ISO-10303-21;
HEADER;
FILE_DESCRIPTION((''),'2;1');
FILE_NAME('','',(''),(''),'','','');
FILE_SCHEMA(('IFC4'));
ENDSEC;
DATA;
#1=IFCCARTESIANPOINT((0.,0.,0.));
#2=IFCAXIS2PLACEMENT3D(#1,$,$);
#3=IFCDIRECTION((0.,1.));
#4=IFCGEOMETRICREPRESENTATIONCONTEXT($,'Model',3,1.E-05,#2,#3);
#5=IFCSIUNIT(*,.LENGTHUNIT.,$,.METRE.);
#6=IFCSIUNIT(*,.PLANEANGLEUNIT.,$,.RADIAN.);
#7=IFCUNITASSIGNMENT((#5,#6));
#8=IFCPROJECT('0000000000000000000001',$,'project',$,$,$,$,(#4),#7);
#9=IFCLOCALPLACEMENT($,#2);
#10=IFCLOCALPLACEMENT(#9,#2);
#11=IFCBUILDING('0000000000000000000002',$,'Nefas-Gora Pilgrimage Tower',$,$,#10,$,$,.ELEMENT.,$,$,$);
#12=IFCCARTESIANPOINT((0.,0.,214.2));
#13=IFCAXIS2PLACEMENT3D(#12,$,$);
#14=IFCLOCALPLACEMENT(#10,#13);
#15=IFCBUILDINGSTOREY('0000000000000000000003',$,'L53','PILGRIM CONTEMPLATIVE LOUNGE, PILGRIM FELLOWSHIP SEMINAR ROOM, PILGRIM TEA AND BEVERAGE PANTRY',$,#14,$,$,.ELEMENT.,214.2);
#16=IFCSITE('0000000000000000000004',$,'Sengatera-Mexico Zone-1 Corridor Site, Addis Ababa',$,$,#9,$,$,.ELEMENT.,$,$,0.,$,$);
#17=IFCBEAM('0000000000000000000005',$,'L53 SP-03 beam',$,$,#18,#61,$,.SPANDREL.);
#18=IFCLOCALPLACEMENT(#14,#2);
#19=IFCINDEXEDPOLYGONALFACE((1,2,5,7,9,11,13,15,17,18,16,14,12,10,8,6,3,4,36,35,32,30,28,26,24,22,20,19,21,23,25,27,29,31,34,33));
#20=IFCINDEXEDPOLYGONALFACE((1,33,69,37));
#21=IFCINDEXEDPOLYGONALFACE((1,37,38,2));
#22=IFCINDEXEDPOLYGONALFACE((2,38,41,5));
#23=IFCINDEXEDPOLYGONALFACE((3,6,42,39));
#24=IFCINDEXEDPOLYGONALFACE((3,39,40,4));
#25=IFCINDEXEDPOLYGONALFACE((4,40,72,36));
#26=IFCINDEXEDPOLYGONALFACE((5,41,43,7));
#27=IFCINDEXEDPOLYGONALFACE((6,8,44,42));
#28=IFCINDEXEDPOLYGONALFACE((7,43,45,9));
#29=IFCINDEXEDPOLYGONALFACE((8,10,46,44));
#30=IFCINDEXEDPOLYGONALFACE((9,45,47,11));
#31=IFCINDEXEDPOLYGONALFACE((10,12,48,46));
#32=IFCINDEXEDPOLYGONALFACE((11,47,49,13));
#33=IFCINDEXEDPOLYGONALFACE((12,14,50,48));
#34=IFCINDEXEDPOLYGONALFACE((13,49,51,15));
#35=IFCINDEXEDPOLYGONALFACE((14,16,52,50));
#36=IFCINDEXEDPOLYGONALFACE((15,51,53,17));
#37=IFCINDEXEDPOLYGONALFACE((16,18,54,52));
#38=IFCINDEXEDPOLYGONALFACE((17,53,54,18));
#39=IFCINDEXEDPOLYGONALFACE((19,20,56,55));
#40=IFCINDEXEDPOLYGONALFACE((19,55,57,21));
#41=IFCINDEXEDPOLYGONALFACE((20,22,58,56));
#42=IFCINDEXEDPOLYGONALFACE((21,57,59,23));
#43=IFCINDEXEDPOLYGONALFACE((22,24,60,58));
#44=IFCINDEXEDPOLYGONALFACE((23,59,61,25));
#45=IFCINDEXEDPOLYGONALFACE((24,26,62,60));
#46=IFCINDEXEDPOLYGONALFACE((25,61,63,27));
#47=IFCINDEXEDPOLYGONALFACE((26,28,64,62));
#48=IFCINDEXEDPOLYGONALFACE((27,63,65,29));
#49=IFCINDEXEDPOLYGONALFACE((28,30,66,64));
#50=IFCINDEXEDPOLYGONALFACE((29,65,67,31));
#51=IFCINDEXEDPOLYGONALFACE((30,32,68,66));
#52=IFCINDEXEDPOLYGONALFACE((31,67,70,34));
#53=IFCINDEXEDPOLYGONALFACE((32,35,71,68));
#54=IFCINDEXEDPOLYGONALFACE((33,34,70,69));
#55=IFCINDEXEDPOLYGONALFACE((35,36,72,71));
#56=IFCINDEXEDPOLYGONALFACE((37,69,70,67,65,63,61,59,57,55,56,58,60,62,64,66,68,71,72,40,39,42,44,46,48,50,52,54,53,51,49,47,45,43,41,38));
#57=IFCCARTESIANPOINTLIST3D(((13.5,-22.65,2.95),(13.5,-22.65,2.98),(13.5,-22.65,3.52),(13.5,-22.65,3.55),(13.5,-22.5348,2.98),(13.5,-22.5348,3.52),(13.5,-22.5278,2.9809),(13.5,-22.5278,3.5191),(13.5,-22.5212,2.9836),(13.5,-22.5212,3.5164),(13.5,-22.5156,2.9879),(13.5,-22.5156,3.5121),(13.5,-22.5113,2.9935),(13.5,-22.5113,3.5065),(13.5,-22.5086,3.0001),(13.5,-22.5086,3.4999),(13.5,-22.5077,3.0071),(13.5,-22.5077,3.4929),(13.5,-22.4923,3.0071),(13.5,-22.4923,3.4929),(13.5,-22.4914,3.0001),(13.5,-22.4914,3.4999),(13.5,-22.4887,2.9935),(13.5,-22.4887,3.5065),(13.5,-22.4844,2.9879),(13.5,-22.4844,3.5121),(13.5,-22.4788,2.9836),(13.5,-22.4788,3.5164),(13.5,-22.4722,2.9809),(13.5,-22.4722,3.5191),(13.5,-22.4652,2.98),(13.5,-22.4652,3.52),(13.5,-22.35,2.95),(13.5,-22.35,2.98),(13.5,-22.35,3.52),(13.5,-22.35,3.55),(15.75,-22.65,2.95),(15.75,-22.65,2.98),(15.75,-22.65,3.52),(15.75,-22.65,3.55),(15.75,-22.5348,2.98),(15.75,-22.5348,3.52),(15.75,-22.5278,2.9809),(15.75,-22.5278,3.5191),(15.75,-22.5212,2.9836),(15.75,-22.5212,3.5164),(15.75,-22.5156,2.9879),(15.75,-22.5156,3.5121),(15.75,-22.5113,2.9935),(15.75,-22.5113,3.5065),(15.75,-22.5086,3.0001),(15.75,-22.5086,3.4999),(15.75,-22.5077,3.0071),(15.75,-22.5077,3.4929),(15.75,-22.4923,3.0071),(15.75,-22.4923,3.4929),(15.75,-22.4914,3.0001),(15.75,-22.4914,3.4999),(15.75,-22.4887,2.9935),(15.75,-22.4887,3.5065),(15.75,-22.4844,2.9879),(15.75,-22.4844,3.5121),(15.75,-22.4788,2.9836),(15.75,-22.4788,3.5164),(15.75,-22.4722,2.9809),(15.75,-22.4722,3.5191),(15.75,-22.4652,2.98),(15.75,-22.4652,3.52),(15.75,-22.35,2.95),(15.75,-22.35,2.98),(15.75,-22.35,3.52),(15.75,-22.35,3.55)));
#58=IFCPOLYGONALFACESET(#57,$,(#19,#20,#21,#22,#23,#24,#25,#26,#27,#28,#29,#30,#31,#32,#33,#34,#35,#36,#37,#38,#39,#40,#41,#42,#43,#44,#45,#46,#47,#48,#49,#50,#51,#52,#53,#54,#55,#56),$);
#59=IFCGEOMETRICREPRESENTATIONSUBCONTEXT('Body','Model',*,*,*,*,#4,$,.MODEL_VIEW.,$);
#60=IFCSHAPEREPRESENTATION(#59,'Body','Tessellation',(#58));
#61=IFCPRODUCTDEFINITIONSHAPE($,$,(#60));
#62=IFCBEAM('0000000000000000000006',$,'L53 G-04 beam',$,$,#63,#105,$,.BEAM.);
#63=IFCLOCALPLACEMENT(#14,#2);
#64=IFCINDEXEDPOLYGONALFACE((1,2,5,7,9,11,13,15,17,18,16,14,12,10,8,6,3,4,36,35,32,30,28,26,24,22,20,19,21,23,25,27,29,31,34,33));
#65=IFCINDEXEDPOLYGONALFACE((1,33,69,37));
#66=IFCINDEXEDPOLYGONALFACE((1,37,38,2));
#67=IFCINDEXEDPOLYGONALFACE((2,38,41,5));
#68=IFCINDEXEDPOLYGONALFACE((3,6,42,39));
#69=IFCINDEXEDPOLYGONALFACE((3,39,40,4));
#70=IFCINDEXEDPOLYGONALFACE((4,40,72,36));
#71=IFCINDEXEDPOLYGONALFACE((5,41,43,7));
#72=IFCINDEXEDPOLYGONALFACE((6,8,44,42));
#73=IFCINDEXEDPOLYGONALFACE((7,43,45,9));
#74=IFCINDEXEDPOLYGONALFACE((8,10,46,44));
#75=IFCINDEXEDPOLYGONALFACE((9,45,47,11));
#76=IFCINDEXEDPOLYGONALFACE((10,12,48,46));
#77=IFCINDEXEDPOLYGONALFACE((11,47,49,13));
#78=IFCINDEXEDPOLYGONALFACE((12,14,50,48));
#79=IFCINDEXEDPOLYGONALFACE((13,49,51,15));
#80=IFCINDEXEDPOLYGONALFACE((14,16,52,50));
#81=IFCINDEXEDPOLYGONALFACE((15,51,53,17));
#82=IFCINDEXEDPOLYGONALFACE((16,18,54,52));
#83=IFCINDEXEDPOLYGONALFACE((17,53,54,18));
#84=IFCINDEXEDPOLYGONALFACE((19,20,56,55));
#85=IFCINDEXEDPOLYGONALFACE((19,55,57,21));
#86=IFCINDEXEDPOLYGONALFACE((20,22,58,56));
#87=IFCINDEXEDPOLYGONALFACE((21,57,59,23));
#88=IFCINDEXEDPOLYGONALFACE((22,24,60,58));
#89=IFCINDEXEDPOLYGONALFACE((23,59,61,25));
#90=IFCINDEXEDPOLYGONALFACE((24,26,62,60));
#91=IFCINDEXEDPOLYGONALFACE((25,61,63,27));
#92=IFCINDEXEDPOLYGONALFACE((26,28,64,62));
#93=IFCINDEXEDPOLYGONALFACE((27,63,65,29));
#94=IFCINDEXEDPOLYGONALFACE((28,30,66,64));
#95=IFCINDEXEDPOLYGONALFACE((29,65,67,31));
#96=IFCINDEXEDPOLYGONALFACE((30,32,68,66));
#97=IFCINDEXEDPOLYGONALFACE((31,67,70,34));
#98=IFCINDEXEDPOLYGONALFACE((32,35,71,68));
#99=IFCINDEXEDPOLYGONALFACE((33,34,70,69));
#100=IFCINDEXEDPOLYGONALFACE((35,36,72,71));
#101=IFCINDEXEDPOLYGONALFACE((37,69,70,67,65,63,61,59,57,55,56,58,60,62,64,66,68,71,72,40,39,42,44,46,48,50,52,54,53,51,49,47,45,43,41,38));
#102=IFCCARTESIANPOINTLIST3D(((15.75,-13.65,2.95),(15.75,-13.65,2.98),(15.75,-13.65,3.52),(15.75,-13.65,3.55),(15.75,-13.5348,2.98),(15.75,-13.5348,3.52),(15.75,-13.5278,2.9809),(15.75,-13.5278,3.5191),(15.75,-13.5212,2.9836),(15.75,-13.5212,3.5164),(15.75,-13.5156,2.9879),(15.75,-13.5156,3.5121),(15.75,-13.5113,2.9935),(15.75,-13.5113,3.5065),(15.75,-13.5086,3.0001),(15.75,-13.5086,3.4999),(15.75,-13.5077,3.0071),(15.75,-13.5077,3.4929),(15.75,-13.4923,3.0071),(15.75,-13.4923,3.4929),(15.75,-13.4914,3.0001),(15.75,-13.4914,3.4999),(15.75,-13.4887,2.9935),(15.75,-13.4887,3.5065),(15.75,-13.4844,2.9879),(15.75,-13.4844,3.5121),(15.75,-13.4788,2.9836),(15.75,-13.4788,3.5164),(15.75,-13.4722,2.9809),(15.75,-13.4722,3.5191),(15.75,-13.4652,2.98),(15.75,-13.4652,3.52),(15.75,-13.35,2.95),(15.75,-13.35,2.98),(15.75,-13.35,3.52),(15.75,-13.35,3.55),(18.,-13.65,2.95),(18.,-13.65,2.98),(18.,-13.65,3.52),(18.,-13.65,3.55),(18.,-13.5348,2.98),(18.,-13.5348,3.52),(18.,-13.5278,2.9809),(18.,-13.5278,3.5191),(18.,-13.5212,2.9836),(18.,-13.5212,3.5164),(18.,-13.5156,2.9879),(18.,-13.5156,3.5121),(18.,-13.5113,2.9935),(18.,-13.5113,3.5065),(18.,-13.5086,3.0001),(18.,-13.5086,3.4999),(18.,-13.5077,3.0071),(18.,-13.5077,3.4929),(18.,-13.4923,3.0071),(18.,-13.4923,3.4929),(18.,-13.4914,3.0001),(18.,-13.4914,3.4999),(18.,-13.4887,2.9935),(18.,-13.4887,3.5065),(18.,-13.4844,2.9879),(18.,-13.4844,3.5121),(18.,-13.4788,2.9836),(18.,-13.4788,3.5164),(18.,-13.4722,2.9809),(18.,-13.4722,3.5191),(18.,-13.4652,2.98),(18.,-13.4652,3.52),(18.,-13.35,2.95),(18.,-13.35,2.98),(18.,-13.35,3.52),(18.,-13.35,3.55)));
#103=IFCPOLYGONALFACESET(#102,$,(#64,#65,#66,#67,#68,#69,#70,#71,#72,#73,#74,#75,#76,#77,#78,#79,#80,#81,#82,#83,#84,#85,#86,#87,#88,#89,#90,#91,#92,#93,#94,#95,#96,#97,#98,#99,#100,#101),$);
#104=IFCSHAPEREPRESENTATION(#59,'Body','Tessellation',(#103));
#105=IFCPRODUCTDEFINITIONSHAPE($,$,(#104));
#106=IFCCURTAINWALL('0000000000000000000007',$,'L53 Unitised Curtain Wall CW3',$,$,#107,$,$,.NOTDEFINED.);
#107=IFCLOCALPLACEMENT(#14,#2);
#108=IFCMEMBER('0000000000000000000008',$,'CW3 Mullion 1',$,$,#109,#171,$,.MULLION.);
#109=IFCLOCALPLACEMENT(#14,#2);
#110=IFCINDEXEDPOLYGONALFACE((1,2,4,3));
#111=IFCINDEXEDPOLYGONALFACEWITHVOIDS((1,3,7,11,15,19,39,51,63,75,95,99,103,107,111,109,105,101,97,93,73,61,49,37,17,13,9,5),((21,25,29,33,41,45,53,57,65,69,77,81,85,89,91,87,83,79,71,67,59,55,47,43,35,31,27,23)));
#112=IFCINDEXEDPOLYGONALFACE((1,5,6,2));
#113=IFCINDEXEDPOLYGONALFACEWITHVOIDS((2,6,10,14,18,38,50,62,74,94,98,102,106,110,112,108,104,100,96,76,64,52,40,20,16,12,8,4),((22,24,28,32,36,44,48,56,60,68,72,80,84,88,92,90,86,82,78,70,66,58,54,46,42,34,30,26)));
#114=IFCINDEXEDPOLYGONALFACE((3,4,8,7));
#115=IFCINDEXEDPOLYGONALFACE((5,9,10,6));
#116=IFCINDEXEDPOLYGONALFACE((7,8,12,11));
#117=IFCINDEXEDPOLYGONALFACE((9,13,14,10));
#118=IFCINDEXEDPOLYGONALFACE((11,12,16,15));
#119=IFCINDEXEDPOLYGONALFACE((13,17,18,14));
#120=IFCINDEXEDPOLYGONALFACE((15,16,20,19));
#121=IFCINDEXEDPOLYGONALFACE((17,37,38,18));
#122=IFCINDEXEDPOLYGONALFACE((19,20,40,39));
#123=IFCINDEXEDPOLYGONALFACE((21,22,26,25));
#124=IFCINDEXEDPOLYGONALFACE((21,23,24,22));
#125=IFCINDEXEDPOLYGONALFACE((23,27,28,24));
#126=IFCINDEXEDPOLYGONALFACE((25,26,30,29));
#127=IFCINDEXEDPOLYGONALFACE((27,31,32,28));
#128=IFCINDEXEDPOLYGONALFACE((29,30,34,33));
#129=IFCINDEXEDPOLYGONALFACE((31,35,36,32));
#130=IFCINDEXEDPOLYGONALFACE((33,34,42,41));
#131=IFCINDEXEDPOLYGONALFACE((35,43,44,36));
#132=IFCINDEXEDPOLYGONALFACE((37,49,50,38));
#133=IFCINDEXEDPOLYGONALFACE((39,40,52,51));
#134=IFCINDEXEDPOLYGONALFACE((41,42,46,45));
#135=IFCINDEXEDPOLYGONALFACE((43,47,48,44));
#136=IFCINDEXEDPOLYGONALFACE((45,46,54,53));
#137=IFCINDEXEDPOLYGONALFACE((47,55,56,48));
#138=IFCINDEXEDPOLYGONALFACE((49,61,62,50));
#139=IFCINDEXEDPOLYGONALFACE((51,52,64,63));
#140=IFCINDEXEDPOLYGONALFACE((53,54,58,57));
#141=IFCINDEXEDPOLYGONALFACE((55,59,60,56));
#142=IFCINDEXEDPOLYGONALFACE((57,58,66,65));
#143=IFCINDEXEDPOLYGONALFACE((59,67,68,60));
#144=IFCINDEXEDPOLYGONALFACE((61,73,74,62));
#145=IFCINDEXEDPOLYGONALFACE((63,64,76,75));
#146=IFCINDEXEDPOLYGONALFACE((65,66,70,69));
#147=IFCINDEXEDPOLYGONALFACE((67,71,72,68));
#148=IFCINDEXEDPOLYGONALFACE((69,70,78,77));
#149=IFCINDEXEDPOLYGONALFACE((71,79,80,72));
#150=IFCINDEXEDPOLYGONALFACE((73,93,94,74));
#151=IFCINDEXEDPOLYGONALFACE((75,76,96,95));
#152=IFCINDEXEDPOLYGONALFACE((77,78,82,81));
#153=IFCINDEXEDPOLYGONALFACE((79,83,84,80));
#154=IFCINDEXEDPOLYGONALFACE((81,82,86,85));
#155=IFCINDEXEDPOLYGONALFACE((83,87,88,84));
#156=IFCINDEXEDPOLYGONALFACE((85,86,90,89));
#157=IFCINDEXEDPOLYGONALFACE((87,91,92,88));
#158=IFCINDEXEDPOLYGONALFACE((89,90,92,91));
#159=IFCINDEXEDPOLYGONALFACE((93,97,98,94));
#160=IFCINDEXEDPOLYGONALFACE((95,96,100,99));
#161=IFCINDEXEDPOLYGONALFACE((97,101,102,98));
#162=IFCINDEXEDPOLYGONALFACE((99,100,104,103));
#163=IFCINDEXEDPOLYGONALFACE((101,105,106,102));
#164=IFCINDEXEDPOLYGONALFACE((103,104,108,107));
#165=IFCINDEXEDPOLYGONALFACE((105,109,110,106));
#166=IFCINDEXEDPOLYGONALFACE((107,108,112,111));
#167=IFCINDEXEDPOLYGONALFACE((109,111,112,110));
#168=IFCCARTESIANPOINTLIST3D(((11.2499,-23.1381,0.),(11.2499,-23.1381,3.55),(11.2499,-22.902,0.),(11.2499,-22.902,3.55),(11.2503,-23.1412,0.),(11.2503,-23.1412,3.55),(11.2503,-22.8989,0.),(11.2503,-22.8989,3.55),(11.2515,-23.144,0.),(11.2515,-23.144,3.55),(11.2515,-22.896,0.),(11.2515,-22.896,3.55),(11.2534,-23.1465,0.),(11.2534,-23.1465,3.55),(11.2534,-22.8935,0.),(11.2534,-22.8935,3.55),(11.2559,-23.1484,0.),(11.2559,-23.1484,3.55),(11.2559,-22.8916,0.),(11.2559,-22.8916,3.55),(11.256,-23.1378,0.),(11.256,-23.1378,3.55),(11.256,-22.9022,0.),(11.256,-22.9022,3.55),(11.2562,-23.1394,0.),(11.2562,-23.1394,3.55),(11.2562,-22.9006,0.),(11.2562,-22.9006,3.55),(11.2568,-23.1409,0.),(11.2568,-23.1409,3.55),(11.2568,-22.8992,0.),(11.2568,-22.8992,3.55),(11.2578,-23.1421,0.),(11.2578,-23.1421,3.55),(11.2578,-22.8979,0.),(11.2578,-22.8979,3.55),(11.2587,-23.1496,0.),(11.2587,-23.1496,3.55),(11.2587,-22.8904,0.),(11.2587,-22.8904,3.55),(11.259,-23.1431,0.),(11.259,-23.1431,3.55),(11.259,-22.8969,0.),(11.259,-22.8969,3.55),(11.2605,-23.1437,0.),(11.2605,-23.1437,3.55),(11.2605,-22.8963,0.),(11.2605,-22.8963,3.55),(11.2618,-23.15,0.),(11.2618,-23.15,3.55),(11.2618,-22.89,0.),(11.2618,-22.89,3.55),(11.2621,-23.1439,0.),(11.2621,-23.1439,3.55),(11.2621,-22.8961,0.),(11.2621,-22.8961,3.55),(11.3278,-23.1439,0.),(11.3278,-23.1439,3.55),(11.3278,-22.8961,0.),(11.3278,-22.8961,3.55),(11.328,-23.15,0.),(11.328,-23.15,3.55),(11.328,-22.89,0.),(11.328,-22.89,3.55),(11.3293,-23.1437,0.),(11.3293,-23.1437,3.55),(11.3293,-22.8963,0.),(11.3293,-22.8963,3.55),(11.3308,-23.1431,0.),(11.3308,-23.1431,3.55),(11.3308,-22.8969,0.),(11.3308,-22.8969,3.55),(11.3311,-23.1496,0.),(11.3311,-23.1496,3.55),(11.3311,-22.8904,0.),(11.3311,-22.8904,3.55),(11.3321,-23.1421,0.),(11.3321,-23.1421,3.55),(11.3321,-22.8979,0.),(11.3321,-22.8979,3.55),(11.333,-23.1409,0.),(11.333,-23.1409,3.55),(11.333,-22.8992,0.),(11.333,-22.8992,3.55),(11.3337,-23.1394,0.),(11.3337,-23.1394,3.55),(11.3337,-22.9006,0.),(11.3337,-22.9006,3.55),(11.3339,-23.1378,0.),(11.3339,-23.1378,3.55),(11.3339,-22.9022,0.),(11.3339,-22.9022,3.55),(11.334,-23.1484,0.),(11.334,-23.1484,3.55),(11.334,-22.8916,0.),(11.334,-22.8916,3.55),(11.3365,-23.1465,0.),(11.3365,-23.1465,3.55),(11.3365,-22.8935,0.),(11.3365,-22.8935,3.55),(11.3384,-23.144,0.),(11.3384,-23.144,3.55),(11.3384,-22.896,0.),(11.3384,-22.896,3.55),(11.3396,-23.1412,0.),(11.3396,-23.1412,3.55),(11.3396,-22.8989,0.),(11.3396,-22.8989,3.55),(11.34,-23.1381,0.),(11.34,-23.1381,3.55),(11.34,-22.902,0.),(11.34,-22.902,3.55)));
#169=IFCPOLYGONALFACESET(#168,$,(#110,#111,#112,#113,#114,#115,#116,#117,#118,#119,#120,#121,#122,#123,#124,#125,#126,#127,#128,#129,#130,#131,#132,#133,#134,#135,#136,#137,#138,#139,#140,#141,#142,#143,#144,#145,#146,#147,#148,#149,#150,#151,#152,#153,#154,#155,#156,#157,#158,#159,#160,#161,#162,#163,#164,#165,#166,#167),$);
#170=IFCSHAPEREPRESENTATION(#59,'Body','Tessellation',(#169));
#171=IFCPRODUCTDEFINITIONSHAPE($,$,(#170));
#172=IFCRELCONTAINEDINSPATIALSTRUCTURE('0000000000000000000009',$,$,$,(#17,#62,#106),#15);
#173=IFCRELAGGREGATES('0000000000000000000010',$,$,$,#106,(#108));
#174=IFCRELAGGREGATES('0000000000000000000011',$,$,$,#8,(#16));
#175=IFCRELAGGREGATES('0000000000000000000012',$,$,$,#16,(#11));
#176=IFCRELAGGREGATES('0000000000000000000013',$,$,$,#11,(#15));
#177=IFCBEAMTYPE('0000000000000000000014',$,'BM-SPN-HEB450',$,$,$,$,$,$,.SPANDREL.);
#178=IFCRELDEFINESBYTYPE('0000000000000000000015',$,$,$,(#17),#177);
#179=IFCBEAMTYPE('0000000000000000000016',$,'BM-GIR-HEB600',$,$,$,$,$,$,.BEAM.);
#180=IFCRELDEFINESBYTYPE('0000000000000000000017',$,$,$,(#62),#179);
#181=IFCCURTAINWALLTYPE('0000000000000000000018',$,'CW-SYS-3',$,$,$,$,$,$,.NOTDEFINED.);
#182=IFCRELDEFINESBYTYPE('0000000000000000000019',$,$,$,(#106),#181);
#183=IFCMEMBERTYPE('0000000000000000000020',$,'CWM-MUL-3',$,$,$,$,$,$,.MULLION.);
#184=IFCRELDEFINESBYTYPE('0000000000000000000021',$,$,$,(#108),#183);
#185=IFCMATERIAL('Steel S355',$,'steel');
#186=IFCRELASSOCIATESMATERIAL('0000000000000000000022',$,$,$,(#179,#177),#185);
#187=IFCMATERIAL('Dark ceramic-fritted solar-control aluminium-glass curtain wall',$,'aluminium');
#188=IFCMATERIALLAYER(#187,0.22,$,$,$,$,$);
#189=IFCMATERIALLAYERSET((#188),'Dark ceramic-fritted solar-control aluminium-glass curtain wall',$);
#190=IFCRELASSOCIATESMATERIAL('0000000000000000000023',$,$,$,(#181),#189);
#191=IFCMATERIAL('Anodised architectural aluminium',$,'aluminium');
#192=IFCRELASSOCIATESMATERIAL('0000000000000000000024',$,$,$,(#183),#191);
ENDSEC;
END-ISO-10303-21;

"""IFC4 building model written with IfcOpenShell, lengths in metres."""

from ifc_helpers import new_model, si_unit, direction, frame, origin, origin_2d, place, context, subcontext, project, spatial, hollow_rectangle, i_section, extrude, source, transform, mapped, material, layer, layer_set, material_profile, profile_set, type_object, element, aggregate, save


model = new_model("IFC4")

# Units and contexts
model_context = context("Model", 3, precision=1e-05, world=origin(), true_north=direction((0.0, 1.0)))
body_context = subcontext(model_context, "Body", "Model", "MODEL_VIEW")
ifc_project = project(units=[si_unit("LENGTHUNIT", "METRE"), si_unit("PLANEANGLEUNIT", "RADIAN")], contexts=[model_context])

# Site, building, storey
site_placement = place(None, origin())
site = spatial("IfcSite", under=ifc_project, at=site_placement, Name="Sengatera-Mexico Zone-1 Corridor Site, Addis Ababa", CompositionType="ELEMENT", RefElevation=0.0)
building_placement = place(site_placement, origin())
building = spatial("IfcBuilding", under=site, at=building_placement, Name="Nefas-Gora Pilgrimage Tower", CompositionType="ELEMENT")
storey_placement = place(building_placement, frame((0.0, 0.0, 214.2)))
storey = spatial("IfcBuildingStorey", under=building, at=storey_placement, Name="L53", Description="PILGRIM CONTEMPLATIVE LOUNGE, PILGRIM FELLOWSHIP SEMINAR ROOM, PILGRIM TEA AND BEVERAGE PANTRY", CompositionType="ELEMENT", Elevation=214.2)

# Beams
ifc_material_1 = material(Name="Steel S355", Category="steel")
ifc_material_profile_1 = material_profile(ifc_material_1, i_section(OverallWidth=0.3, OverallDepth=0.6001, WebThickness=0.0154, FlangeThickness=0.03, FilletRadius=0.0271, at=origin_2d()), Name="HEB 600")
ifc_profile_set_1 = profile_set([ifc_material_profile_1], Name="Steel S355")
beam_type_1 = type_object("IfcBeamType", Name="BM-GIR-HEB600", PredefinedType="BEAM", material=ifc_profile_set_1)
ifc_material_profile_2 = material_profile(ifc_material_1, i_section(OverallWidth=0.3, OverallDepth=0.6001, WebThickness=0.0154, FlangeThickness=0.03, FilletRadius=0.0271, at=origin_2d()), Name="HEB 600")
ifc_profile_set_2 = profile_set([ifc_material_profile_2], Name="Steel S355")
beam_type_2 = type_object("IfcBeamType", Name="BM-SPN-HEB450", PredefinedType="SPANDREL", material=ifc_profile_set_2)
shared_shape_1 = source(origin(), body_context, "Body", "SweptSolid", [
    extrude(i_section(OverallWidth=0.3, OverallDepth=0.6001, WebThickness=0.0154, FlangeThickness=0.03, FilletRadius=0.0271, at=origin_2d()), origin(), (0.0, 0.0, 1.0), 2.25),
])
beam_1_placement = place(storey_placement, frame((13.5, -22.5, 3.25), z_axis=(1.0, 0.0, 0.0), x_axis=(0.0, 1.0, 0.0)))
element("IfcBeam", 1, at=beam_1_placement, inside=storey, type_object=beam_type_2, Name="L53 SP-03 beam", PredefinedType="SPANDREL", context=body_context, shape_type="MappedRepresentation", body=[
    mapped(shared_shape_1, transform((0.0, 0.0, 0.0), x_axis=(1.0, 0.0, 0.0), y_axis=(0.0, 1.0, 0.0), z_axis=(0.0, 0.0, 1.0), scale=1.0)),
])
shared_shape_2 = source(origin(), body_context, "Body", "SweptSolid", [
    extrude(i_section(OverallWidth=0.3, OverallDepth=0.6001, WebThickness=0.0154, FlangeThickness=0.03, FilletRadius=0.0271, at=origin_2d()), origin(), (0.0, 0.0, 1.0), 2.25),
])
beam_2_placement = place(storey_placement, frame((15.75, -13.5, 3.25), z_axis=(1.0, 0.0, 0.0), x_axis=(0.0, 1.0, 0.0)))
element("IfcBeam", 2, at=beam_2_placement, inside=storey, type_object=beam_type_1, Name="L53 G-04 beam", PredefinedType="BEAM", context=body_context, shape_type="MappedRepresentation", body=[
    mapped(shared_shape_2, transform((0.0, 0.0, 0.0), x_axis=(1.0, 0.0, 0.0), y_axis=(0.0, 1.0, 0.0), z_axis=(0.0, 0.0, 1.0), scale=1.0)),
])

# Curtain wall, member
ifc_material_2 = material(Name="Dark ceramic-fritted solar-control aluminium-glass curtain wall", Category="aluminium")
ifc_layer_1 = layer(ifc_material_2, 0.22)
ifc_layer_set_1 = layer_set([ifc_layer_1], Name="Dark ceramic-fritted solar-control aluminium-glass curtain wall")
curtain_wall_type = type_object("IfcCurtainWallType", Name="CW-SYS-3", PredefinedType="NOTDEFINED", material=ifc_layer_set_1)
curtain_wall_1_placement = place(storey_placement, origin())
curtain_wall_1 = element("IfcCurtainWall", 3, at=curtain_wall_1_placement, inside=storey, type_object=curtain_wall_type, Name="L53 Unitised Curtain Wall CW3", PredefinedType="NOTDEFINED")
ifc_material_3 = material(Name="Anodised architectural aluminium", Category="aluminium")
ifc_material_profile_3 = material_profile(ifc_material_3, hollow_rectangle(XDim=0.0901, YDim=0.26, WallThickness=0.0061, InnerFilletRadius=0.0061, OuterFilletRadius=0.012, at=origin_2d()), Name="ALU MULLION 90x260")
ifc_profile_set_3 = profile_set([ifc_material_profile_3], Name="Anodised architectural aluminium")
member_type_1 = type_object("IfcMemberType", Name="CWM-MUL-3", PredefinedType="MULLION", material=ifc_profile_set_3)
shared_shape_3 = source(origin(), body_context, "Body", "SweptSolid", [
    extrude(hollow_rectangle(XDim=0.0901, YDim=0.26, WallThickness=0.0061, InnerFilletRadius=0.0061, OuterFilletRadius=0.012, at=origin_2d()), origin(), (0.0, 0.0, 1.0), 3.55),
])
member_1_placement = place(storey_placement, frame((11.2949, -23.02, 0.0), z_axis=(0.0, 0.0, 1.0), x_axis=(1.0, 0.0, 0.0)))
member_1 = element("IfcMember", 4, at=member_1_placement, type_object=member_type_1, Name="CW3 Mullion 1", PredefinedType="MULLION", context=body_context, shape_type="MappedRepresentation", body=[
    mapped(shared_shape_3, transform((0.0, 0.0, 0.0), x_axis=(1.0, 0.0, 0.0), y_axis=(0.0, 1.0, 0.0), z_axis=(0.0, 0.0, 1.0), scale=1.0)),
])

aggregate(curtain_wall_1, [member_1])

save(model, "model.ifc")
